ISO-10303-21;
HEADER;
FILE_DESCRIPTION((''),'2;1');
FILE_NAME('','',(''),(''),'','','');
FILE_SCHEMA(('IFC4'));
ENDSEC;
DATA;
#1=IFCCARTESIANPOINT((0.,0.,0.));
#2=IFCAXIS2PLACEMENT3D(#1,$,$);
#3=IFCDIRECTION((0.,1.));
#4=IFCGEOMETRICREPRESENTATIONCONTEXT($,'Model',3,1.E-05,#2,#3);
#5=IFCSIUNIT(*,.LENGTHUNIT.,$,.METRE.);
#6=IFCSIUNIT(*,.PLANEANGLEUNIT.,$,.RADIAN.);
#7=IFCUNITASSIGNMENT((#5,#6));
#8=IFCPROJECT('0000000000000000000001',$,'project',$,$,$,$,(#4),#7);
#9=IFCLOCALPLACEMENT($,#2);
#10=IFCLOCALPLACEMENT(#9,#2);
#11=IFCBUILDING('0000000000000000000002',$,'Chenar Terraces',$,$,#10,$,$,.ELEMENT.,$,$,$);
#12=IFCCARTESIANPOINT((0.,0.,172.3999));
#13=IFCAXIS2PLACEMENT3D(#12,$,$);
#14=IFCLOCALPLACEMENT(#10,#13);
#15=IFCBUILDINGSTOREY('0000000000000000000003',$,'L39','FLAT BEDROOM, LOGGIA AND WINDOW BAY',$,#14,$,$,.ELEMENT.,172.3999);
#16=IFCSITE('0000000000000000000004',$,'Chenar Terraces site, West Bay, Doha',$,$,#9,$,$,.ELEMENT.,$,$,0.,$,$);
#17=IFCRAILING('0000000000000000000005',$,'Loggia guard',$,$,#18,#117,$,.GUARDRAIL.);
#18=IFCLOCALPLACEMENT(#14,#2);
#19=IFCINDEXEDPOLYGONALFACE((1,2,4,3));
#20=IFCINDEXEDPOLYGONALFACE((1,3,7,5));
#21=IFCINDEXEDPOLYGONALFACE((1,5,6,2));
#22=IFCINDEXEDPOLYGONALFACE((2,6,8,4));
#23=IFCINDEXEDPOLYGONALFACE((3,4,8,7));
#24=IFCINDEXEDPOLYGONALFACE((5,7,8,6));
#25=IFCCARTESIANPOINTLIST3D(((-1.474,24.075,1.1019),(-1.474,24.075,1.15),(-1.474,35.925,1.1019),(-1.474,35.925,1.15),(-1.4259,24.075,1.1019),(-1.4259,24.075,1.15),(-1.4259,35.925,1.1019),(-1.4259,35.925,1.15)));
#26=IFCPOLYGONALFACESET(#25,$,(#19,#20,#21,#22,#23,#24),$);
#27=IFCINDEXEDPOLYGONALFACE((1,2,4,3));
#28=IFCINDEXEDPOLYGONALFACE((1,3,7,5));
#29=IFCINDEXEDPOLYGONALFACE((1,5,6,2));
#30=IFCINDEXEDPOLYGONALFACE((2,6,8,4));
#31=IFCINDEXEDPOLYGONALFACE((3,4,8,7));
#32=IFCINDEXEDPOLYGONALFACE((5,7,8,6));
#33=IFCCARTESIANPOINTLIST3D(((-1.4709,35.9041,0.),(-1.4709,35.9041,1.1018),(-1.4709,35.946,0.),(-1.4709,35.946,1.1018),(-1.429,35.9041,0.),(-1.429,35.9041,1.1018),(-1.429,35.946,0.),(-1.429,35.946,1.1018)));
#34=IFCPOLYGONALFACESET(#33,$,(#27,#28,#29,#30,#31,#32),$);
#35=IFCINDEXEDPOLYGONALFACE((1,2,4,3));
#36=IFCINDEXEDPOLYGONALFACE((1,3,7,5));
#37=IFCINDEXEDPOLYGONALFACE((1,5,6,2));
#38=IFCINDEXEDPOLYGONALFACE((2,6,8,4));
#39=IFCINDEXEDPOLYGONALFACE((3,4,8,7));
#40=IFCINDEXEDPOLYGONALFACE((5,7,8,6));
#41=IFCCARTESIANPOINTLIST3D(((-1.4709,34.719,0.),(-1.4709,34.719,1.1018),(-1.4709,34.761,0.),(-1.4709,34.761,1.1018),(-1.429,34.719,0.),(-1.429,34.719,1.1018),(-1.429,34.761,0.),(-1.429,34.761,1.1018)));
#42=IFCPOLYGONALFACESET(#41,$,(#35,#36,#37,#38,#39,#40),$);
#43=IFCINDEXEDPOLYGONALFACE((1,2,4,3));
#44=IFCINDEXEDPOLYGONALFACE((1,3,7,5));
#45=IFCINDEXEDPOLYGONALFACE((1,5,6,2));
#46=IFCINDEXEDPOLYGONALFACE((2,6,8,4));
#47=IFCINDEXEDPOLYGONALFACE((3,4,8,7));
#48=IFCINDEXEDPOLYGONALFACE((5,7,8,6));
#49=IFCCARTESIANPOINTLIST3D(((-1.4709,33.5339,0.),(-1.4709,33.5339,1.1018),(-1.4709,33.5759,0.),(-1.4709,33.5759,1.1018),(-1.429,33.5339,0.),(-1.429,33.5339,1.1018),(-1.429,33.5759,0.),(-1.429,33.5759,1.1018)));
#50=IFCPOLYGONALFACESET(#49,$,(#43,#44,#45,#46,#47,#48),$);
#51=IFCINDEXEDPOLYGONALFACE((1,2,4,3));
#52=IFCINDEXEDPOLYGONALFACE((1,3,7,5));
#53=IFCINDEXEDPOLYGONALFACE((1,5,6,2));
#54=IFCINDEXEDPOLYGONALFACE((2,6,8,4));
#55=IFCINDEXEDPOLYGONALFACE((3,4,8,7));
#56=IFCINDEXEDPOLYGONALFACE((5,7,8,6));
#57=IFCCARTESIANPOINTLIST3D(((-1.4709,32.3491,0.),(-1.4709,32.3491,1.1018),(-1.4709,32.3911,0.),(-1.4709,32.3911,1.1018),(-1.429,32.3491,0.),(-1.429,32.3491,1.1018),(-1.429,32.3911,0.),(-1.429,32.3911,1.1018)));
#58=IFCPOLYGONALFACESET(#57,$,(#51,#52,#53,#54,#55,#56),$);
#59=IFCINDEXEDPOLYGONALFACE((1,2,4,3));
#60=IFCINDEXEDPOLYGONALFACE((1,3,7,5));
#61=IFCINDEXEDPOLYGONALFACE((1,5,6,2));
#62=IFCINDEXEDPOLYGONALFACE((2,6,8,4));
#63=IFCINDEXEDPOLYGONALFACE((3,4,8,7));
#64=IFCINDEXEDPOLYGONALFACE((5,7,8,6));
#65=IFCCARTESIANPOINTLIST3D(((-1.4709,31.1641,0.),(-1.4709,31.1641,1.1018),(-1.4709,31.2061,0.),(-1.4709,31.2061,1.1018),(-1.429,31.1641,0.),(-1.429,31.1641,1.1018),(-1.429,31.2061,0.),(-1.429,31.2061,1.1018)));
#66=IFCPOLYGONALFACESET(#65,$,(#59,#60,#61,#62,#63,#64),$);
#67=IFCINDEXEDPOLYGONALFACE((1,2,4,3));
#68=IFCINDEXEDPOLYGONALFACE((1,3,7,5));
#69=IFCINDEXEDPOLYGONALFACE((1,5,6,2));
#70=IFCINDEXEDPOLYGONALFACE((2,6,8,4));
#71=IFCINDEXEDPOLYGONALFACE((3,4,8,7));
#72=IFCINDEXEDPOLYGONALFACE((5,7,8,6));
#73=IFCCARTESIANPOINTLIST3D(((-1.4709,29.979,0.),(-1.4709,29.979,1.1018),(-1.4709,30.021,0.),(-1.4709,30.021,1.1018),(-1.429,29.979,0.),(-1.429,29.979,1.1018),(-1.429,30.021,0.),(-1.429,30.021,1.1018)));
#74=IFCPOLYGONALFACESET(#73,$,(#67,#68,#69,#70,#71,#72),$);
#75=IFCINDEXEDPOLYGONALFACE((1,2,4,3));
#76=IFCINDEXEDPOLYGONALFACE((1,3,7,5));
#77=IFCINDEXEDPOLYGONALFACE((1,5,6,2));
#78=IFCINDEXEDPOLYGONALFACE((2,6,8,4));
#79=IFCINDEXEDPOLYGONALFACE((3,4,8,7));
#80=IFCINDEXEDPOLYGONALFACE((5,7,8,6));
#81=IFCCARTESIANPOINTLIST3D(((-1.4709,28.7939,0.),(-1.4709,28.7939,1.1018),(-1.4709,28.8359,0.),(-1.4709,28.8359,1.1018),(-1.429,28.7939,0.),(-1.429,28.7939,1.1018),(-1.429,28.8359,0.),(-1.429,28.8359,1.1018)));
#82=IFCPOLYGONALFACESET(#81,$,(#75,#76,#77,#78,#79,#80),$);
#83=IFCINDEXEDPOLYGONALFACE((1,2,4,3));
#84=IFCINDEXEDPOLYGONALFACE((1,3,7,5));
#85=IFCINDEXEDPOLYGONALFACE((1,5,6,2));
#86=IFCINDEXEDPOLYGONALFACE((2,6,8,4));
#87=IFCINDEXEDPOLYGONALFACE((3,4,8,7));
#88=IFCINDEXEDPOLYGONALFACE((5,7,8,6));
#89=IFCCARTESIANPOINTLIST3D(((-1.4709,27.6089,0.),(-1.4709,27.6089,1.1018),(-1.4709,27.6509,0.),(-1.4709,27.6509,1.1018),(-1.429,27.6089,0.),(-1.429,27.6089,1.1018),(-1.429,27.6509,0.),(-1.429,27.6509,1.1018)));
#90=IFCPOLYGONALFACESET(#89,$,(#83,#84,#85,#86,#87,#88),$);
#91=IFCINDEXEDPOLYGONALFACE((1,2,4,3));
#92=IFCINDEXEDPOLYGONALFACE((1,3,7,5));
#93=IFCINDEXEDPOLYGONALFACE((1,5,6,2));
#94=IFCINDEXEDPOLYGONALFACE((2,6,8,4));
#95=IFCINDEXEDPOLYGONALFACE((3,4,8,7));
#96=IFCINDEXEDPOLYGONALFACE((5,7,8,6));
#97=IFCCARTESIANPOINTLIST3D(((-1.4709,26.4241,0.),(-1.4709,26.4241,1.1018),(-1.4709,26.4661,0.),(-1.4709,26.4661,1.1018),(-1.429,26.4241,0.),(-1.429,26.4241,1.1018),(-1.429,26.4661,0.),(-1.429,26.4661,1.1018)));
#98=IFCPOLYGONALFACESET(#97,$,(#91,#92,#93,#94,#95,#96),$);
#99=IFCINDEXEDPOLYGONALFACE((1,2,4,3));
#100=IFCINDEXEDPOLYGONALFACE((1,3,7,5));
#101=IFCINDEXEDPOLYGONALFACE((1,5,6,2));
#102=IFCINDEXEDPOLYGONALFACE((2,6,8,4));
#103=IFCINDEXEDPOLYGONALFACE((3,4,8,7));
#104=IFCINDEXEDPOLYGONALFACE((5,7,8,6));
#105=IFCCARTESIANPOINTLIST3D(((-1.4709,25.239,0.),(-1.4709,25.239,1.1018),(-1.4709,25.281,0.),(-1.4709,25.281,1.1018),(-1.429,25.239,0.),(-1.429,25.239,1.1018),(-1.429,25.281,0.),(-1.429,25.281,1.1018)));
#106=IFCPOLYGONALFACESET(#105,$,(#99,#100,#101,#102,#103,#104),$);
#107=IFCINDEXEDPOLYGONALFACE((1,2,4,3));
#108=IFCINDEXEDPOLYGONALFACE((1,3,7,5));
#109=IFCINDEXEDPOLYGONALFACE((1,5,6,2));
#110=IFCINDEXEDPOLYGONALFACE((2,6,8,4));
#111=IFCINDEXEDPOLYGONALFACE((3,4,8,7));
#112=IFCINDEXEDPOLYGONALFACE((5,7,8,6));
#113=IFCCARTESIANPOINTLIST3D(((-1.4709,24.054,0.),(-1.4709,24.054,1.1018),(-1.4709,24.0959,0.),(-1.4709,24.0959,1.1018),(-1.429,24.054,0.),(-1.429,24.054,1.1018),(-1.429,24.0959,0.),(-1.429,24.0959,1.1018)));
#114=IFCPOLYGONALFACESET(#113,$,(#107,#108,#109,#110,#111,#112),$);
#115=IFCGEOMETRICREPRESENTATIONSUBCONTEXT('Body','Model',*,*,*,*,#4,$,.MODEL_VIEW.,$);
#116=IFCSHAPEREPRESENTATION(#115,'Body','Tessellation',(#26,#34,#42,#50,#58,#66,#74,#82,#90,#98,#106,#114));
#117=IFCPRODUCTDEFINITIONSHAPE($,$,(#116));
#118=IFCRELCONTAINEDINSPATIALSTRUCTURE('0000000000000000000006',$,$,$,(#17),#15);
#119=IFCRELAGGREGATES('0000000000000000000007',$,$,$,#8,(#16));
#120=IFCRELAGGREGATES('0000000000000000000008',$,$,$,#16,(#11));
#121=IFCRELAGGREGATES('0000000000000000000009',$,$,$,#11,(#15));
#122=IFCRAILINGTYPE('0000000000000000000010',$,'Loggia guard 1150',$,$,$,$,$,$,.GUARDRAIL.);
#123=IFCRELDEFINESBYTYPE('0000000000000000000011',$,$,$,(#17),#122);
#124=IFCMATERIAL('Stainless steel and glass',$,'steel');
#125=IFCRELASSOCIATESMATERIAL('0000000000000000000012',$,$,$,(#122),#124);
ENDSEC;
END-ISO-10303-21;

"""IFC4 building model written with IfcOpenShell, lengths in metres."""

from ifc_helpers import new_model, si_unit, direction, frame, origin, origin_2d, place, context, subcontext, project, spatial, rectangle, extrude, material, type_object, element, save


model = new_model("IFC4")

# Units and contexts
model_context = context("Model", 3, precision=1e-05, world=origin(), true_north=direction((0.0, 1.0)))
body_context = subcontext(model_context, "Body", "Model", "MODEL_VIEW")
ifc_project = project(units=[si_unit("LENGTHUNIT", "METRE"), si_unit("PLANEANGLEUNIT", "RADIAN")], contexts=[model_context])

# Site, building, storey
site_placement = place(None, origin())
site = spatial("IfcSite", under=ifc_project, at=site_placement, Name="Chenar Terraces site, West Bay, Doha", CompositionType="ELEMENT", RefElevation=0.0)
building_placement = place(site_placement, origin())
building = spatial("IfcBuilding", under=site, at=building_placement, Name="Chenar Terraces", CompositionType="ELEMENT")
storey_placement = place(building_placement, frame((0.0, 0.0, 172.3999)))
storey = spatial("IfcBuildingStorey", under=building, at=storey_placement, Name="L39", Description="FLAT BEDROOM, LOGGIA AND WINDOW BAY", CompositionType="ELEMENT", Elevation=172.3999)

# Railing
ifc_material_1 = material(Name="Stainless steel and glass", Category="steel")
railing_type_1 = type_object("IfcRailingType", Name="Loggia guard 1150", PredefinedType="GUARDRAIL", material=ifc_material_1)
railing_1_placement = place(storey_placement, frame((-1.45, 35.925, 0.0)))
element("IfcRailing", 1, at=railing_1_placement, inside=storey, type_object=railing_type_1, Name="Loggia guard", PredefinedType="GUARDRAIL", context=body_context, shape_type="SweptSolid", body=[
    extrude(rectangle(XDim=0.0481, YDim=0.0481, at=origin_2d()), frame((0.0, 0.0, 1.126), z_axis=(0.0, -1.0, 0.0), x_axis=(1.0, 0.0, 0.0)), (0.0, 0.0, 1.0), 11.8501),
    extrude(rectangle(XDim=0.042, YDim=0.042, at=origin_2d()), origin(), (0.0, 0.0, 1.0), 1.1018),
    extrude(rectangle(XDim=0.042, YDim=0.042, at=origin_2d()), frame((0.0, -1.1851, 0.0)), (0.0, 0.0, 1.0), 1.1018),
    extrude(rectangle(XDim=0.042, YDim=0.042, at=origin_2d()), frame((0.0, -2.3701, 0.0)), (0.0, 0.0, 1.0), 1.1018),
    extrude(rectangle(XDim=0.042, YDim=0.042, at=origin_2d()), frame((0.0, -3.5549, 0.0)), (0.0, 0.0, 1.0), 1.1018),
    extrude(rectangle(XDim=0.042, YDim=0.042, at=origin_2d()), frame((0.0, -4.74, 0.0)), (0.0, 0.0, 1.0), 1.1018),
    extrude(rectangle(XDim=0.042, YDim=0.042, at=origin_2d()), frame((0.0, -5.925, 0.0)), (0.0, 0.0, 1.0), 1.1018),
    extrude(rectangle(XDim=0.042, YDim=0.042, at=origin_2d()), frame((0.0, -7.1101, 0.0)), (0.0, 0.0, 1.0), 1.1018),
    extrude(rectangle(XDim=0.042, YDim=0.042, at=origin_2d()), frame((0.0, -8.2952, 0.0)), (0.0, 0.0, 1.0), 1.1018),
    extrude(rectangle(XDim=0.042, YDim=0.042, at=origin_2d()), frame((0.0, -9.48, 0.0)), (0.0, 0.0, 1.0), 1.1018),
    extrude(rectangle(XDim=0.042, YDim=0.042, at=origin_2d()), frame((0.0, -10.665, 0.0)), (0.0, 0.0, 1.0), 1.1018),
    extrude(rectangle(XDim=0.042, YDim=0.042, at=origin_2d()), frame((0.0, -11.8501, 0.0)), (0.0, 0.0, 1.0), 1.1018),
])

save(model, "model.ifc")
